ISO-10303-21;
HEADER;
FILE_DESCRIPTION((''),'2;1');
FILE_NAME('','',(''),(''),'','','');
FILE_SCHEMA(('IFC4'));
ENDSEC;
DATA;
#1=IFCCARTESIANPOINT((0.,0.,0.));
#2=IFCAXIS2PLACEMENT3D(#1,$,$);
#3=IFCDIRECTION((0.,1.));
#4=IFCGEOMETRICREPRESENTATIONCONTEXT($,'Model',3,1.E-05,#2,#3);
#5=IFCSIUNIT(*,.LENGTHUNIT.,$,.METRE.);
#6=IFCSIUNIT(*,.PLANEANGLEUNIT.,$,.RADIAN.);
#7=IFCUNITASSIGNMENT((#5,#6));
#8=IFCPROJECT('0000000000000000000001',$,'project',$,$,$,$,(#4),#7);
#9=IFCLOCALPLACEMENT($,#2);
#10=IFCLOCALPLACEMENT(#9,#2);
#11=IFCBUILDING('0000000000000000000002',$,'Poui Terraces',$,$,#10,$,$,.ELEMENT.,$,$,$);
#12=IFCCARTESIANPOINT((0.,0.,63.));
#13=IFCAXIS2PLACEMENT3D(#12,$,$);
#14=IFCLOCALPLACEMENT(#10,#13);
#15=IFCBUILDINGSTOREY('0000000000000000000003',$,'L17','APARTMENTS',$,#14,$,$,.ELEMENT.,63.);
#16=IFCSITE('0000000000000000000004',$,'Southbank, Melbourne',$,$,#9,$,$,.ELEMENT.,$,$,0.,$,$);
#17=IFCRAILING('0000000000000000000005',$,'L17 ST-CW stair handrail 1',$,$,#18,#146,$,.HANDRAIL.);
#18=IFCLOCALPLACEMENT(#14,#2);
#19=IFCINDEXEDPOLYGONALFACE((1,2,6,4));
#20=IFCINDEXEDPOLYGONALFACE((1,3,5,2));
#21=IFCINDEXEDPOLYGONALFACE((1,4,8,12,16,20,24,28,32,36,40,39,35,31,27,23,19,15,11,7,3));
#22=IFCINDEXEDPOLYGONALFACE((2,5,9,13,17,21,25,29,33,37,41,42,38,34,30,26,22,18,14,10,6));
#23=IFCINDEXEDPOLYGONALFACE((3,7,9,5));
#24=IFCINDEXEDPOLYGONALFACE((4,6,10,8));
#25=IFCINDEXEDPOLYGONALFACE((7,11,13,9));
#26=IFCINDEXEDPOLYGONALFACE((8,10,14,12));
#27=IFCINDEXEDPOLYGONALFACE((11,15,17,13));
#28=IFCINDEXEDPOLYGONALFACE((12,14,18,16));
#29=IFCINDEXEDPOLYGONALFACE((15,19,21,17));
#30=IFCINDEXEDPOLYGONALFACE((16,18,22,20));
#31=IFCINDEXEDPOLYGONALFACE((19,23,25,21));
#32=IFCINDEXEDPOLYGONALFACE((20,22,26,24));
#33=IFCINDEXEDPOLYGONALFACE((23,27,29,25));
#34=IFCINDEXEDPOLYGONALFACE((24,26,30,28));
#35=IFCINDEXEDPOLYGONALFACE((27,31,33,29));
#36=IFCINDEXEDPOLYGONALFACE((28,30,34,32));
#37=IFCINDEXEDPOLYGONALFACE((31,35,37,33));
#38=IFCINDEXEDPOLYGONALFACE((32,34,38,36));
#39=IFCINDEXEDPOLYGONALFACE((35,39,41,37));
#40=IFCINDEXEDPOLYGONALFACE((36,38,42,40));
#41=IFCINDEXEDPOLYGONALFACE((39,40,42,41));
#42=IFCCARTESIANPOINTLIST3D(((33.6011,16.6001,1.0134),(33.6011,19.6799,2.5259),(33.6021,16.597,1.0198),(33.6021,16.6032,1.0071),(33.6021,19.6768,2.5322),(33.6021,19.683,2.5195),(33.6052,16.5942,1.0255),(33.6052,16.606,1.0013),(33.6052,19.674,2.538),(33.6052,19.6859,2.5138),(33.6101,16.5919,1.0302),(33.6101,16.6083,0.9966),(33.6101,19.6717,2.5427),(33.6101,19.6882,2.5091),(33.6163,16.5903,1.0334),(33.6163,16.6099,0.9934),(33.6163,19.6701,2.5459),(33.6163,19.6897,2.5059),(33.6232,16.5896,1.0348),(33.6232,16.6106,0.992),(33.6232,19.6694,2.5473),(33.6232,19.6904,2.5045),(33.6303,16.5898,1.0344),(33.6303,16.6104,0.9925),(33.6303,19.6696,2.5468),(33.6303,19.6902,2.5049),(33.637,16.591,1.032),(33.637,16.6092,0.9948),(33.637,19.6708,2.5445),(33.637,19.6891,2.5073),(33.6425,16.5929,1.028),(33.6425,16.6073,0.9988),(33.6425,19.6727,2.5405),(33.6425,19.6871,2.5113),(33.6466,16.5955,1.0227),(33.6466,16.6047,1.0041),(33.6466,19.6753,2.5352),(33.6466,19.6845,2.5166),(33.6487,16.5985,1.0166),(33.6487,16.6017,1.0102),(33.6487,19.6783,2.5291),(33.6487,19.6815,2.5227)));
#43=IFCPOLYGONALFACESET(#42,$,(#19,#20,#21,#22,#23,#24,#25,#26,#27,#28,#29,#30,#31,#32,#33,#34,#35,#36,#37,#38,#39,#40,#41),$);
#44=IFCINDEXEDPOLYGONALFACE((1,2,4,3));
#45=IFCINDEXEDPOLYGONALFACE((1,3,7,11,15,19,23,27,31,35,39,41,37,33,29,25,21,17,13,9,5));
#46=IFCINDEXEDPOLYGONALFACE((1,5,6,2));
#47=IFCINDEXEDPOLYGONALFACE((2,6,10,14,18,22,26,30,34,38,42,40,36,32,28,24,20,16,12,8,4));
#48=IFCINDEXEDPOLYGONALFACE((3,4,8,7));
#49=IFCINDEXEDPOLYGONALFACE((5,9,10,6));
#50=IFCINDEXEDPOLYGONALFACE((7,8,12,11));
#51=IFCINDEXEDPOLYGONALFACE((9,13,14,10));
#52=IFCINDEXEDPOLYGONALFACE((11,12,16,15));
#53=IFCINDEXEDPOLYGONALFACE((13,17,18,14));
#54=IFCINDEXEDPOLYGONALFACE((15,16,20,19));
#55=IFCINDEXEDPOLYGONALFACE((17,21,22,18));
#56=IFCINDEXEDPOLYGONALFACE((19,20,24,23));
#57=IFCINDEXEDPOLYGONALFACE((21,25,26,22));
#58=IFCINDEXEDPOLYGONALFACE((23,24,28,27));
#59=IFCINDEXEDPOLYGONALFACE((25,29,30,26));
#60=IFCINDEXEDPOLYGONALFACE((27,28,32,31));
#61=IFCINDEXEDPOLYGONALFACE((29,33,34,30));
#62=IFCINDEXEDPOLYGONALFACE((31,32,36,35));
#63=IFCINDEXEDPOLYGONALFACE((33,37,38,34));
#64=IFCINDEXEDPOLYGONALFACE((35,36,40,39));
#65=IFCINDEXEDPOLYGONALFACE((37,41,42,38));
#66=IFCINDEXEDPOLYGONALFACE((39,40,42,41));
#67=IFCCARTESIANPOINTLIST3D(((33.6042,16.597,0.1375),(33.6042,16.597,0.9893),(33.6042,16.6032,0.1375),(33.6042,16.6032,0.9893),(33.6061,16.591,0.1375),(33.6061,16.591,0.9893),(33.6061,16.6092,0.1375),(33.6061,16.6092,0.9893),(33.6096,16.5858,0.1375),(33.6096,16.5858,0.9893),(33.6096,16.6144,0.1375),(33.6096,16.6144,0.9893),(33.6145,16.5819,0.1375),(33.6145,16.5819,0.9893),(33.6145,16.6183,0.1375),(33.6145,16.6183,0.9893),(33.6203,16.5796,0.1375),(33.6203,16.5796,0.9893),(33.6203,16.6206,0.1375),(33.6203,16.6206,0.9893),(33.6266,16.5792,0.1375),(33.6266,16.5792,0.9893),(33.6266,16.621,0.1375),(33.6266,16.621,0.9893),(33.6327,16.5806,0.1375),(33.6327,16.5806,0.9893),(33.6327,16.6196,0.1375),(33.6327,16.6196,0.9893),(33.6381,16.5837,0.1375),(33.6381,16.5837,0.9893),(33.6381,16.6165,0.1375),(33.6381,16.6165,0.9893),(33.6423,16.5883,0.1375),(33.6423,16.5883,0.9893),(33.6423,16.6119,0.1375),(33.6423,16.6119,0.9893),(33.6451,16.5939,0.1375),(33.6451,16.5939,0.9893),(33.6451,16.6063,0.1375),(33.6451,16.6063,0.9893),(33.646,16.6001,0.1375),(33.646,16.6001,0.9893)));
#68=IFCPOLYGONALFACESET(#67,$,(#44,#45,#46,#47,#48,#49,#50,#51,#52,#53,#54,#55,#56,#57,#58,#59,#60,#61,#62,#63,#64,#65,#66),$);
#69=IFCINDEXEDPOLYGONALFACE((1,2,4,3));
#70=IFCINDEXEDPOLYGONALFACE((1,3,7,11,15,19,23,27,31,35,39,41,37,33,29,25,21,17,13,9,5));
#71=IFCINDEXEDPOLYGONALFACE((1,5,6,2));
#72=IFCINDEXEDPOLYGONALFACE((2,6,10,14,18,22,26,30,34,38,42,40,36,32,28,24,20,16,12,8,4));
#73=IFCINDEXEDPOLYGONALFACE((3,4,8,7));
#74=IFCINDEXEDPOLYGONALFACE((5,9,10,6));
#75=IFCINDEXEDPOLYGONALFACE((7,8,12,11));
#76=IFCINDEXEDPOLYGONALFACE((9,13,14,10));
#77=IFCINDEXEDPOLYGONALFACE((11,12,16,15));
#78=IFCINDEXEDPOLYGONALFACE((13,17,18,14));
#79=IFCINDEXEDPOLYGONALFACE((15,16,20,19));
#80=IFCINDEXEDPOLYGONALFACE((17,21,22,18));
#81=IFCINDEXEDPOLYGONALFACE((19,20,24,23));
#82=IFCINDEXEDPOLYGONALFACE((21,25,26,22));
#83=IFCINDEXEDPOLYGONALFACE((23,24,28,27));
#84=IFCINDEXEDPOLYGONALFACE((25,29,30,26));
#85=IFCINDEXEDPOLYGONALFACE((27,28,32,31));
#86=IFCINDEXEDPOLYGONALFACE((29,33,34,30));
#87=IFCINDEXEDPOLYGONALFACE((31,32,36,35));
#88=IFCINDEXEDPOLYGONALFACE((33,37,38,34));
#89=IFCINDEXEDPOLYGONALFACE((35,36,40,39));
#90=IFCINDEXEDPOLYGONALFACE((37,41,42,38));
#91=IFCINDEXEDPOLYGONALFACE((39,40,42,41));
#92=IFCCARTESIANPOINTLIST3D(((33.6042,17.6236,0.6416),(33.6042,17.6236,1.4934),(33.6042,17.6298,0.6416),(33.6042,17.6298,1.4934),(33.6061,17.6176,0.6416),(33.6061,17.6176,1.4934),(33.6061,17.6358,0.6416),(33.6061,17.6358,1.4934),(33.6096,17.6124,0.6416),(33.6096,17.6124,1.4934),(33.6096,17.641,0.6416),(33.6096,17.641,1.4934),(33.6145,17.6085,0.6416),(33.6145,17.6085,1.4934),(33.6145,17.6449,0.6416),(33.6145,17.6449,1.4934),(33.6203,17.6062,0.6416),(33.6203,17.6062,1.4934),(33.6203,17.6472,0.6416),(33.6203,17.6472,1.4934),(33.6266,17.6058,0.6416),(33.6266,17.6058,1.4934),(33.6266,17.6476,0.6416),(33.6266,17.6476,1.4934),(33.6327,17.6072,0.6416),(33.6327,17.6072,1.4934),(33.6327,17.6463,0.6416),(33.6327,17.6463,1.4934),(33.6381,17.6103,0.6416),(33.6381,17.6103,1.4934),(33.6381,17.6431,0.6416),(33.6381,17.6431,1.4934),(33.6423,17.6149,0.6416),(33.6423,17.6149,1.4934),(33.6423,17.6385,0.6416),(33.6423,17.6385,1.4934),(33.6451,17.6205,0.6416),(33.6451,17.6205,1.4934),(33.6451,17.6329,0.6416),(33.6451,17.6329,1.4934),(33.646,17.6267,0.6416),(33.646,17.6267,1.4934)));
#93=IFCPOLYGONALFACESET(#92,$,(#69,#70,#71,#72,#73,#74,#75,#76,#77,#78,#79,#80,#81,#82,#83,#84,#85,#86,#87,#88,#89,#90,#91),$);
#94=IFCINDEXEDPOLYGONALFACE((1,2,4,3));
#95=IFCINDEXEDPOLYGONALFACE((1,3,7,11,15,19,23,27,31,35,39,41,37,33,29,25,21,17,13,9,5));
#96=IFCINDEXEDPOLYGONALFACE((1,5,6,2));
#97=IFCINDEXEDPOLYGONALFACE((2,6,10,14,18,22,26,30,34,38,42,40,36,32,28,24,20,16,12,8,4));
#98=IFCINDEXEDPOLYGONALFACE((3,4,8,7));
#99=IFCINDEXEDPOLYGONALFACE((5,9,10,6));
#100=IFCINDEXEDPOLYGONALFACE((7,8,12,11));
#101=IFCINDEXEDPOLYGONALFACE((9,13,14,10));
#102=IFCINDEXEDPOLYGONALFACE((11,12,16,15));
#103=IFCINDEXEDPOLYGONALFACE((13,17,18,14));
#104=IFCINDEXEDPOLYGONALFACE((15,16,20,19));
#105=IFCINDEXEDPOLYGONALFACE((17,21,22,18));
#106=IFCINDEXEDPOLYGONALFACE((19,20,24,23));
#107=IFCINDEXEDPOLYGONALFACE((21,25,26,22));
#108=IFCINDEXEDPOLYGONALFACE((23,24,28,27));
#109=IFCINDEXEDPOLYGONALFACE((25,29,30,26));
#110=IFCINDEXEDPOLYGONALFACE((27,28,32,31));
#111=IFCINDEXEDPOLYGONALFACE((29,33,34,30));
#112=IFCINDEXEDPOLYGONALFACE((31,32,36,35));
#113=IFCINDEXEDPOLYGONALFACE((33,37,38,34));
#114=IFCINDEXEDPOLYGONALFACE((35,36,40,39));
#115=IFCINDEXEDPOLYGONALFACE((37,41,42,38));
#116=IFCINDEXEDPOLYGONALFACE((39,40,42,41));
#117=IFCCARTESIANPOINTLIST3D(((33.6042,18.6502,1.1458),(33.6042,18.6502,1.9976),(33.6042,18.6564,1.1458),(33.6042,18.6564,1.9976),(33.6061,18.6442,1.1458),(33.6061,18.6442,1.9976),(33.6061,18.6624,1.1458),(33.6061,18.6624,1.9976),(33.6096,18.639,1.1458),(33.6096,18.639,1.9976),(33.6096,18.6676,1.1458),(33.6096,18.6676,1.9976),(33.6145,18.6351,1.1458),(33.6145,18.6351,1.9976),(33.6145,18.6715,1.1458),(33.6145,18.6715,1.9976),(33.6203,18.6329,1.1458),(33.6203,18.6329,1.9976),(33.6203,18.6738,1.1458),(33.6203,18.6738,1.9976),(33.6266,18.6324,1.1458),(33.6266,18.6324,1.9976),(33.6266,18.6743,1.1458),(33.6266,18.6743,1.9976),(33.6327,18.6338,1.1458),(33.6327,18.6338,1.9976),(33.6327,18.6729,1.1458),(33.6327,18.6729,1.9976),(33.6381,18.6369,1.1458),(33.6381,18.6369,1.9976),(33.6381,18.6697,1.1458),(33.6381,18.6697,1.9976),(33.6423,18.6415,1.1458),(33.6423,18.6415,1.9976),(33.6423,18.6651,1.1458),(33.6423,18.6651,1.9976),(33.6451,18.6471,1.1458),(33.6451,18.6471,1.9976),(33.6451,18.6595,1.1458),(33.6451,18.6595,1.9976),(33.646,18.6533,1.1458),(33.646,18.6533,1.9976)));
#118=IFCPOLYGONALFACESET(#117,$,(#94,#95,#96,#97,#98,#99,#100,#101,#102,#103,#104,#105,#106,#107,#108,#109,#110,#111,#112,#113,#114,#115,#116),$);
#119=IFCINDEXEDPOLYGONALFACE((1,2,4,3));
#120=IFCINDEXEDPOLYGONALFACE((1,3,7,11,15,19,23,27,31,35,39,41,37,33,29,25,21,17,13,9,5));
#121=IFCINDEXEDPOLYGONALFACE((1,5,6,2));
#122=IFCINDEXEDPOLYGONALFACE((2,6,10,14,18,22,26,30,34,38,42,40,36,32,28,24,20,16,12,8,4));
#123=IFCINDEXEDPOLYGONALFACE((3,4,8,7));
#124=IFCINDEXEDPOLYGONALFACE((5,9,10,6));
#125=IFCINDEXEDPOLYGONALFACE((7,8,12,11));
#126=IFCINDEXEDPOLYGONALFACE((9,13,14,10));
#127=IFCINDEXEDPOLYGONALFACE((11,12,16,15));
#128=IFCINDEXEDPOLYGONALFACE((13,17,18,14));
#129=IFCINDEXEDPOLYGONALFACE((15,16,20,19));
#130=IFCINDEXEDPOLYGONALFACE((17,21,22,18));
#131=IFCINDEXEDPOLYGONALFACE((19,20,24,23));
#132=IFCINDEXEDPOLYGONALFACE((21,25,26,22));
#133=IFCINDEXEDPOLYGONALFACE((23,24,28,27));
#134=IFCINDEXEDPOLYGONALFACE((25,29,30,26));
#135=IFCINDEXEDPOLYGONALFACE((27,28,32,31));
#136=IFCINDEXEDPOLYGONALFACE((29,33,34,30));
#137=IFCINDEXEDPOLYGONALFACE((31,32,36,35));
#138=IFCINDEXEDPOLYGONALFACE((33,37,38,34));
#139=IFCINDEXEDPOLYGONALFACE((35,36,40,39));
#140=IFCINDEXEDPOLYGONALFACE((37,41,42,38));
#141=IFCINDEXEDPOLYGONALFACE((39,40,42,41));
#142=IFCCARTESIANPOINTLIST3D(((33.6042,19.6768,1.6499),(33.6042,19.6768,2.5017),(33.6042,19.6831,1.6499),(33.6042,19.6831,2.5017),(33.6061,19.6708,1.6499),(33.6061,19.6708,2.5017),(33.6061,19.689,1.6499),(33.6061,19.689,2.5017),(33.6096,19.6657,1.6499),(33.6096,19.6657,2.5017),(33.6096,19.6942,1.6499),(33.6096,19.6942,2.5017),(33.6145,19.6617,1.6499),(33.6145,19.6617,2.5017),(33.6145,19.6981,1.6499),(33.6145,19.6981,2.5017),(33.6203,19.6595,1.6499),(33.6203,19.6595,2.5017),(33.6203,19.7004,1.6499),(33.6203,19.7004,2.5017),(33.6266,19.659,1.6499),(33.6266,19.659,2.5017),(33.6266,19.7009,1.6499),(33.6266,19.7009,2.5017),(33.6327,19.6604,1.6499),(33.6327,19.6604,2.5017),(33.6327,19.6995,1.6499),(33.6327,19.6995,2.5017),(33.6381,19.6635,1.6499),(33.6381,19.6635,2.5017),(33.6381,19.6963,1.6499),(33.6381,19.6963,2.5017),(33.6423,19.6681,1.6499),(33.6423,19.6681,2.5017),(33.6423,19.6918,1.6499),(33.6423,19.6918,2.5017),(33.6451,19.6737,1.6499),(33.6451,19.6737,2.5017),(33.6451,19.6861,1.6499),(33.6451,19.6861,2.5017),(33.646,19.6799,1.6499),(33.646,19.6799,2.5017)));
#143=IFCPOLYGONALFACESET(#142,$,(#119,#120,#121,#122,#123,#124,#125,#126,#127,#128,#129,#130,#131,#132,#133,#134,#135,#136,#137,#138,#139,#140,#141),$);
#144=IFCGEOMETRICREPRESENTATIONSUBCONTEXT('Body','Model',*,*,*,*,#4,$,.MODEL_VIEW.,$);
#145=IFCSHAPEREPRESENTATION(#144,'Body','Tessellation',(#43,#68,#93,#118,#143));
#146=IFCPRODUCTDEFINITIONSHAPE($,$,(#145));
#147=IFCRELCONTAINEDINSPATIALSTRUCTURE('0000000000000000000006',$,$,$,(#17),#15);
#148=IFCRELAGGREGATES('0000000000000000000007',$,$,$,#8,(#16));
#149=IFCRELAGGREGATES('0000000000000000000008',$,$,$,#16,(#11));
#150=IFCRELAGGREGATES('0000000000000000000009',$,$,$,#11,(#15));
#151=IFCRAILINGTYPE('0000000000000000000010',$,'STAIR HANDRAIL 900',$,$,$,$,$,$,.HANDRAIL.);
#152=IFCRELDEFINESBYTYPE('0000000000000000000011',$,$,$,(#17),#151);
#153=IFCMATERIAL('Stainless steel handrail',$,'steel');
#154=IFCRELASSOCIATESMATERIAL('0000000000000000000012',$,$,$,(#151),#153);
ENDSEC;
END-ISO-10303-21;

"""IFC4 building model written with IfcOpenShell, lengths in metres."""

from ifc_helpers import new_model, si_unit, direction, frame, origin, origin_2d, place, context, subcontext, project, spatial, circle, extrude, material, type_object, element, save


model = new_model("IFC4")

# Units and contexts
model_context = context("Model", 3, precision=1e-05, world=origin(), true_north=direction((0.0, 1.0)))
body_context = subcontext(model_context, "Body", "Model", "MODEL_VIEW")
ifc_project = project(units=[si_unit("LENGTHUNIT", "METRE"), si_unit("PLANEANGLEUNIT", "RADIAN")], contexts=[model_context])

# Site, building, storey
site_placement = place(None, origin())
site = spatial("IfcSite", under=ifc_project, at=site_placement, Name="Southbank, Melbourne", CompositionType="ELEMENT", RefElevation=0.0)
building_placement = place(site_placement, origin())
building = spatial("IfcBuilding", under=site, at=building_placement, Name="Poui Terraces", CompositionType="ELEMENT")
storey_placement = place(building_placement, frame((0.0, 0.0, 63.0)))
storey = spatial("IfcBuildingStorey", under=building, at=storey_placement, Name="L17", Description="APARTMENTS", CompositionType="ELEMENT", Elevation=63.0)

# Railing
ifc_material_1 = material(Name="Stainless steel handrail", Category="steel")
railing_type_1 = type_object("IfcRailingType", Name="STAIR HANDRAIL 900", PredefinedType="HANDRAIL", material=ifc_material_1)
railing_1_placement = place(storey_placement, frame((33.625, 16.6001, 0.1375)))
element("IfcRailing", 1, at=railing_1_placement, inside=storey, type_object=railing_type_1, Name="L17 ST-CW stair handrail 1", PredefinedType="HANDRAIL", context=body_context, shape_type="SweptSolid", body=[
    extrude(circle(Radius=0.0239, at=origin_2d()), frame((0.0, 0.0, 0.876), z_axis=(0.0, 0.897606, 0.440798), x_axis=(-1.0, 0.0, 0.0)), (0.0, 0.0, 1.0), 3.4312),
    extrude(circle(Radius=0.021, at=origin_2d()), origin(), (0.0, 0.0, 1.0), 0.8518),
    extrude(circle(Radius=0.021, at=origin_2d()), frame((0.0, 1.0266, 0.5042)), (0.0, 0.0, 1.0), 0.8518),
    extrude(circle(Radius=0.021, at=origin_2d()), frame((0.0, 2.0532, 1.0083)), (0.0, 0.0, 1.0), 0.8518),
    extrude(circle(Radius=0.021, at=origin_2d()), frame((0.0, 3.0798, 1.5125)), (0.0, 0.0, 1.0), 0.8518),
])

save(model, "model.ifc")
